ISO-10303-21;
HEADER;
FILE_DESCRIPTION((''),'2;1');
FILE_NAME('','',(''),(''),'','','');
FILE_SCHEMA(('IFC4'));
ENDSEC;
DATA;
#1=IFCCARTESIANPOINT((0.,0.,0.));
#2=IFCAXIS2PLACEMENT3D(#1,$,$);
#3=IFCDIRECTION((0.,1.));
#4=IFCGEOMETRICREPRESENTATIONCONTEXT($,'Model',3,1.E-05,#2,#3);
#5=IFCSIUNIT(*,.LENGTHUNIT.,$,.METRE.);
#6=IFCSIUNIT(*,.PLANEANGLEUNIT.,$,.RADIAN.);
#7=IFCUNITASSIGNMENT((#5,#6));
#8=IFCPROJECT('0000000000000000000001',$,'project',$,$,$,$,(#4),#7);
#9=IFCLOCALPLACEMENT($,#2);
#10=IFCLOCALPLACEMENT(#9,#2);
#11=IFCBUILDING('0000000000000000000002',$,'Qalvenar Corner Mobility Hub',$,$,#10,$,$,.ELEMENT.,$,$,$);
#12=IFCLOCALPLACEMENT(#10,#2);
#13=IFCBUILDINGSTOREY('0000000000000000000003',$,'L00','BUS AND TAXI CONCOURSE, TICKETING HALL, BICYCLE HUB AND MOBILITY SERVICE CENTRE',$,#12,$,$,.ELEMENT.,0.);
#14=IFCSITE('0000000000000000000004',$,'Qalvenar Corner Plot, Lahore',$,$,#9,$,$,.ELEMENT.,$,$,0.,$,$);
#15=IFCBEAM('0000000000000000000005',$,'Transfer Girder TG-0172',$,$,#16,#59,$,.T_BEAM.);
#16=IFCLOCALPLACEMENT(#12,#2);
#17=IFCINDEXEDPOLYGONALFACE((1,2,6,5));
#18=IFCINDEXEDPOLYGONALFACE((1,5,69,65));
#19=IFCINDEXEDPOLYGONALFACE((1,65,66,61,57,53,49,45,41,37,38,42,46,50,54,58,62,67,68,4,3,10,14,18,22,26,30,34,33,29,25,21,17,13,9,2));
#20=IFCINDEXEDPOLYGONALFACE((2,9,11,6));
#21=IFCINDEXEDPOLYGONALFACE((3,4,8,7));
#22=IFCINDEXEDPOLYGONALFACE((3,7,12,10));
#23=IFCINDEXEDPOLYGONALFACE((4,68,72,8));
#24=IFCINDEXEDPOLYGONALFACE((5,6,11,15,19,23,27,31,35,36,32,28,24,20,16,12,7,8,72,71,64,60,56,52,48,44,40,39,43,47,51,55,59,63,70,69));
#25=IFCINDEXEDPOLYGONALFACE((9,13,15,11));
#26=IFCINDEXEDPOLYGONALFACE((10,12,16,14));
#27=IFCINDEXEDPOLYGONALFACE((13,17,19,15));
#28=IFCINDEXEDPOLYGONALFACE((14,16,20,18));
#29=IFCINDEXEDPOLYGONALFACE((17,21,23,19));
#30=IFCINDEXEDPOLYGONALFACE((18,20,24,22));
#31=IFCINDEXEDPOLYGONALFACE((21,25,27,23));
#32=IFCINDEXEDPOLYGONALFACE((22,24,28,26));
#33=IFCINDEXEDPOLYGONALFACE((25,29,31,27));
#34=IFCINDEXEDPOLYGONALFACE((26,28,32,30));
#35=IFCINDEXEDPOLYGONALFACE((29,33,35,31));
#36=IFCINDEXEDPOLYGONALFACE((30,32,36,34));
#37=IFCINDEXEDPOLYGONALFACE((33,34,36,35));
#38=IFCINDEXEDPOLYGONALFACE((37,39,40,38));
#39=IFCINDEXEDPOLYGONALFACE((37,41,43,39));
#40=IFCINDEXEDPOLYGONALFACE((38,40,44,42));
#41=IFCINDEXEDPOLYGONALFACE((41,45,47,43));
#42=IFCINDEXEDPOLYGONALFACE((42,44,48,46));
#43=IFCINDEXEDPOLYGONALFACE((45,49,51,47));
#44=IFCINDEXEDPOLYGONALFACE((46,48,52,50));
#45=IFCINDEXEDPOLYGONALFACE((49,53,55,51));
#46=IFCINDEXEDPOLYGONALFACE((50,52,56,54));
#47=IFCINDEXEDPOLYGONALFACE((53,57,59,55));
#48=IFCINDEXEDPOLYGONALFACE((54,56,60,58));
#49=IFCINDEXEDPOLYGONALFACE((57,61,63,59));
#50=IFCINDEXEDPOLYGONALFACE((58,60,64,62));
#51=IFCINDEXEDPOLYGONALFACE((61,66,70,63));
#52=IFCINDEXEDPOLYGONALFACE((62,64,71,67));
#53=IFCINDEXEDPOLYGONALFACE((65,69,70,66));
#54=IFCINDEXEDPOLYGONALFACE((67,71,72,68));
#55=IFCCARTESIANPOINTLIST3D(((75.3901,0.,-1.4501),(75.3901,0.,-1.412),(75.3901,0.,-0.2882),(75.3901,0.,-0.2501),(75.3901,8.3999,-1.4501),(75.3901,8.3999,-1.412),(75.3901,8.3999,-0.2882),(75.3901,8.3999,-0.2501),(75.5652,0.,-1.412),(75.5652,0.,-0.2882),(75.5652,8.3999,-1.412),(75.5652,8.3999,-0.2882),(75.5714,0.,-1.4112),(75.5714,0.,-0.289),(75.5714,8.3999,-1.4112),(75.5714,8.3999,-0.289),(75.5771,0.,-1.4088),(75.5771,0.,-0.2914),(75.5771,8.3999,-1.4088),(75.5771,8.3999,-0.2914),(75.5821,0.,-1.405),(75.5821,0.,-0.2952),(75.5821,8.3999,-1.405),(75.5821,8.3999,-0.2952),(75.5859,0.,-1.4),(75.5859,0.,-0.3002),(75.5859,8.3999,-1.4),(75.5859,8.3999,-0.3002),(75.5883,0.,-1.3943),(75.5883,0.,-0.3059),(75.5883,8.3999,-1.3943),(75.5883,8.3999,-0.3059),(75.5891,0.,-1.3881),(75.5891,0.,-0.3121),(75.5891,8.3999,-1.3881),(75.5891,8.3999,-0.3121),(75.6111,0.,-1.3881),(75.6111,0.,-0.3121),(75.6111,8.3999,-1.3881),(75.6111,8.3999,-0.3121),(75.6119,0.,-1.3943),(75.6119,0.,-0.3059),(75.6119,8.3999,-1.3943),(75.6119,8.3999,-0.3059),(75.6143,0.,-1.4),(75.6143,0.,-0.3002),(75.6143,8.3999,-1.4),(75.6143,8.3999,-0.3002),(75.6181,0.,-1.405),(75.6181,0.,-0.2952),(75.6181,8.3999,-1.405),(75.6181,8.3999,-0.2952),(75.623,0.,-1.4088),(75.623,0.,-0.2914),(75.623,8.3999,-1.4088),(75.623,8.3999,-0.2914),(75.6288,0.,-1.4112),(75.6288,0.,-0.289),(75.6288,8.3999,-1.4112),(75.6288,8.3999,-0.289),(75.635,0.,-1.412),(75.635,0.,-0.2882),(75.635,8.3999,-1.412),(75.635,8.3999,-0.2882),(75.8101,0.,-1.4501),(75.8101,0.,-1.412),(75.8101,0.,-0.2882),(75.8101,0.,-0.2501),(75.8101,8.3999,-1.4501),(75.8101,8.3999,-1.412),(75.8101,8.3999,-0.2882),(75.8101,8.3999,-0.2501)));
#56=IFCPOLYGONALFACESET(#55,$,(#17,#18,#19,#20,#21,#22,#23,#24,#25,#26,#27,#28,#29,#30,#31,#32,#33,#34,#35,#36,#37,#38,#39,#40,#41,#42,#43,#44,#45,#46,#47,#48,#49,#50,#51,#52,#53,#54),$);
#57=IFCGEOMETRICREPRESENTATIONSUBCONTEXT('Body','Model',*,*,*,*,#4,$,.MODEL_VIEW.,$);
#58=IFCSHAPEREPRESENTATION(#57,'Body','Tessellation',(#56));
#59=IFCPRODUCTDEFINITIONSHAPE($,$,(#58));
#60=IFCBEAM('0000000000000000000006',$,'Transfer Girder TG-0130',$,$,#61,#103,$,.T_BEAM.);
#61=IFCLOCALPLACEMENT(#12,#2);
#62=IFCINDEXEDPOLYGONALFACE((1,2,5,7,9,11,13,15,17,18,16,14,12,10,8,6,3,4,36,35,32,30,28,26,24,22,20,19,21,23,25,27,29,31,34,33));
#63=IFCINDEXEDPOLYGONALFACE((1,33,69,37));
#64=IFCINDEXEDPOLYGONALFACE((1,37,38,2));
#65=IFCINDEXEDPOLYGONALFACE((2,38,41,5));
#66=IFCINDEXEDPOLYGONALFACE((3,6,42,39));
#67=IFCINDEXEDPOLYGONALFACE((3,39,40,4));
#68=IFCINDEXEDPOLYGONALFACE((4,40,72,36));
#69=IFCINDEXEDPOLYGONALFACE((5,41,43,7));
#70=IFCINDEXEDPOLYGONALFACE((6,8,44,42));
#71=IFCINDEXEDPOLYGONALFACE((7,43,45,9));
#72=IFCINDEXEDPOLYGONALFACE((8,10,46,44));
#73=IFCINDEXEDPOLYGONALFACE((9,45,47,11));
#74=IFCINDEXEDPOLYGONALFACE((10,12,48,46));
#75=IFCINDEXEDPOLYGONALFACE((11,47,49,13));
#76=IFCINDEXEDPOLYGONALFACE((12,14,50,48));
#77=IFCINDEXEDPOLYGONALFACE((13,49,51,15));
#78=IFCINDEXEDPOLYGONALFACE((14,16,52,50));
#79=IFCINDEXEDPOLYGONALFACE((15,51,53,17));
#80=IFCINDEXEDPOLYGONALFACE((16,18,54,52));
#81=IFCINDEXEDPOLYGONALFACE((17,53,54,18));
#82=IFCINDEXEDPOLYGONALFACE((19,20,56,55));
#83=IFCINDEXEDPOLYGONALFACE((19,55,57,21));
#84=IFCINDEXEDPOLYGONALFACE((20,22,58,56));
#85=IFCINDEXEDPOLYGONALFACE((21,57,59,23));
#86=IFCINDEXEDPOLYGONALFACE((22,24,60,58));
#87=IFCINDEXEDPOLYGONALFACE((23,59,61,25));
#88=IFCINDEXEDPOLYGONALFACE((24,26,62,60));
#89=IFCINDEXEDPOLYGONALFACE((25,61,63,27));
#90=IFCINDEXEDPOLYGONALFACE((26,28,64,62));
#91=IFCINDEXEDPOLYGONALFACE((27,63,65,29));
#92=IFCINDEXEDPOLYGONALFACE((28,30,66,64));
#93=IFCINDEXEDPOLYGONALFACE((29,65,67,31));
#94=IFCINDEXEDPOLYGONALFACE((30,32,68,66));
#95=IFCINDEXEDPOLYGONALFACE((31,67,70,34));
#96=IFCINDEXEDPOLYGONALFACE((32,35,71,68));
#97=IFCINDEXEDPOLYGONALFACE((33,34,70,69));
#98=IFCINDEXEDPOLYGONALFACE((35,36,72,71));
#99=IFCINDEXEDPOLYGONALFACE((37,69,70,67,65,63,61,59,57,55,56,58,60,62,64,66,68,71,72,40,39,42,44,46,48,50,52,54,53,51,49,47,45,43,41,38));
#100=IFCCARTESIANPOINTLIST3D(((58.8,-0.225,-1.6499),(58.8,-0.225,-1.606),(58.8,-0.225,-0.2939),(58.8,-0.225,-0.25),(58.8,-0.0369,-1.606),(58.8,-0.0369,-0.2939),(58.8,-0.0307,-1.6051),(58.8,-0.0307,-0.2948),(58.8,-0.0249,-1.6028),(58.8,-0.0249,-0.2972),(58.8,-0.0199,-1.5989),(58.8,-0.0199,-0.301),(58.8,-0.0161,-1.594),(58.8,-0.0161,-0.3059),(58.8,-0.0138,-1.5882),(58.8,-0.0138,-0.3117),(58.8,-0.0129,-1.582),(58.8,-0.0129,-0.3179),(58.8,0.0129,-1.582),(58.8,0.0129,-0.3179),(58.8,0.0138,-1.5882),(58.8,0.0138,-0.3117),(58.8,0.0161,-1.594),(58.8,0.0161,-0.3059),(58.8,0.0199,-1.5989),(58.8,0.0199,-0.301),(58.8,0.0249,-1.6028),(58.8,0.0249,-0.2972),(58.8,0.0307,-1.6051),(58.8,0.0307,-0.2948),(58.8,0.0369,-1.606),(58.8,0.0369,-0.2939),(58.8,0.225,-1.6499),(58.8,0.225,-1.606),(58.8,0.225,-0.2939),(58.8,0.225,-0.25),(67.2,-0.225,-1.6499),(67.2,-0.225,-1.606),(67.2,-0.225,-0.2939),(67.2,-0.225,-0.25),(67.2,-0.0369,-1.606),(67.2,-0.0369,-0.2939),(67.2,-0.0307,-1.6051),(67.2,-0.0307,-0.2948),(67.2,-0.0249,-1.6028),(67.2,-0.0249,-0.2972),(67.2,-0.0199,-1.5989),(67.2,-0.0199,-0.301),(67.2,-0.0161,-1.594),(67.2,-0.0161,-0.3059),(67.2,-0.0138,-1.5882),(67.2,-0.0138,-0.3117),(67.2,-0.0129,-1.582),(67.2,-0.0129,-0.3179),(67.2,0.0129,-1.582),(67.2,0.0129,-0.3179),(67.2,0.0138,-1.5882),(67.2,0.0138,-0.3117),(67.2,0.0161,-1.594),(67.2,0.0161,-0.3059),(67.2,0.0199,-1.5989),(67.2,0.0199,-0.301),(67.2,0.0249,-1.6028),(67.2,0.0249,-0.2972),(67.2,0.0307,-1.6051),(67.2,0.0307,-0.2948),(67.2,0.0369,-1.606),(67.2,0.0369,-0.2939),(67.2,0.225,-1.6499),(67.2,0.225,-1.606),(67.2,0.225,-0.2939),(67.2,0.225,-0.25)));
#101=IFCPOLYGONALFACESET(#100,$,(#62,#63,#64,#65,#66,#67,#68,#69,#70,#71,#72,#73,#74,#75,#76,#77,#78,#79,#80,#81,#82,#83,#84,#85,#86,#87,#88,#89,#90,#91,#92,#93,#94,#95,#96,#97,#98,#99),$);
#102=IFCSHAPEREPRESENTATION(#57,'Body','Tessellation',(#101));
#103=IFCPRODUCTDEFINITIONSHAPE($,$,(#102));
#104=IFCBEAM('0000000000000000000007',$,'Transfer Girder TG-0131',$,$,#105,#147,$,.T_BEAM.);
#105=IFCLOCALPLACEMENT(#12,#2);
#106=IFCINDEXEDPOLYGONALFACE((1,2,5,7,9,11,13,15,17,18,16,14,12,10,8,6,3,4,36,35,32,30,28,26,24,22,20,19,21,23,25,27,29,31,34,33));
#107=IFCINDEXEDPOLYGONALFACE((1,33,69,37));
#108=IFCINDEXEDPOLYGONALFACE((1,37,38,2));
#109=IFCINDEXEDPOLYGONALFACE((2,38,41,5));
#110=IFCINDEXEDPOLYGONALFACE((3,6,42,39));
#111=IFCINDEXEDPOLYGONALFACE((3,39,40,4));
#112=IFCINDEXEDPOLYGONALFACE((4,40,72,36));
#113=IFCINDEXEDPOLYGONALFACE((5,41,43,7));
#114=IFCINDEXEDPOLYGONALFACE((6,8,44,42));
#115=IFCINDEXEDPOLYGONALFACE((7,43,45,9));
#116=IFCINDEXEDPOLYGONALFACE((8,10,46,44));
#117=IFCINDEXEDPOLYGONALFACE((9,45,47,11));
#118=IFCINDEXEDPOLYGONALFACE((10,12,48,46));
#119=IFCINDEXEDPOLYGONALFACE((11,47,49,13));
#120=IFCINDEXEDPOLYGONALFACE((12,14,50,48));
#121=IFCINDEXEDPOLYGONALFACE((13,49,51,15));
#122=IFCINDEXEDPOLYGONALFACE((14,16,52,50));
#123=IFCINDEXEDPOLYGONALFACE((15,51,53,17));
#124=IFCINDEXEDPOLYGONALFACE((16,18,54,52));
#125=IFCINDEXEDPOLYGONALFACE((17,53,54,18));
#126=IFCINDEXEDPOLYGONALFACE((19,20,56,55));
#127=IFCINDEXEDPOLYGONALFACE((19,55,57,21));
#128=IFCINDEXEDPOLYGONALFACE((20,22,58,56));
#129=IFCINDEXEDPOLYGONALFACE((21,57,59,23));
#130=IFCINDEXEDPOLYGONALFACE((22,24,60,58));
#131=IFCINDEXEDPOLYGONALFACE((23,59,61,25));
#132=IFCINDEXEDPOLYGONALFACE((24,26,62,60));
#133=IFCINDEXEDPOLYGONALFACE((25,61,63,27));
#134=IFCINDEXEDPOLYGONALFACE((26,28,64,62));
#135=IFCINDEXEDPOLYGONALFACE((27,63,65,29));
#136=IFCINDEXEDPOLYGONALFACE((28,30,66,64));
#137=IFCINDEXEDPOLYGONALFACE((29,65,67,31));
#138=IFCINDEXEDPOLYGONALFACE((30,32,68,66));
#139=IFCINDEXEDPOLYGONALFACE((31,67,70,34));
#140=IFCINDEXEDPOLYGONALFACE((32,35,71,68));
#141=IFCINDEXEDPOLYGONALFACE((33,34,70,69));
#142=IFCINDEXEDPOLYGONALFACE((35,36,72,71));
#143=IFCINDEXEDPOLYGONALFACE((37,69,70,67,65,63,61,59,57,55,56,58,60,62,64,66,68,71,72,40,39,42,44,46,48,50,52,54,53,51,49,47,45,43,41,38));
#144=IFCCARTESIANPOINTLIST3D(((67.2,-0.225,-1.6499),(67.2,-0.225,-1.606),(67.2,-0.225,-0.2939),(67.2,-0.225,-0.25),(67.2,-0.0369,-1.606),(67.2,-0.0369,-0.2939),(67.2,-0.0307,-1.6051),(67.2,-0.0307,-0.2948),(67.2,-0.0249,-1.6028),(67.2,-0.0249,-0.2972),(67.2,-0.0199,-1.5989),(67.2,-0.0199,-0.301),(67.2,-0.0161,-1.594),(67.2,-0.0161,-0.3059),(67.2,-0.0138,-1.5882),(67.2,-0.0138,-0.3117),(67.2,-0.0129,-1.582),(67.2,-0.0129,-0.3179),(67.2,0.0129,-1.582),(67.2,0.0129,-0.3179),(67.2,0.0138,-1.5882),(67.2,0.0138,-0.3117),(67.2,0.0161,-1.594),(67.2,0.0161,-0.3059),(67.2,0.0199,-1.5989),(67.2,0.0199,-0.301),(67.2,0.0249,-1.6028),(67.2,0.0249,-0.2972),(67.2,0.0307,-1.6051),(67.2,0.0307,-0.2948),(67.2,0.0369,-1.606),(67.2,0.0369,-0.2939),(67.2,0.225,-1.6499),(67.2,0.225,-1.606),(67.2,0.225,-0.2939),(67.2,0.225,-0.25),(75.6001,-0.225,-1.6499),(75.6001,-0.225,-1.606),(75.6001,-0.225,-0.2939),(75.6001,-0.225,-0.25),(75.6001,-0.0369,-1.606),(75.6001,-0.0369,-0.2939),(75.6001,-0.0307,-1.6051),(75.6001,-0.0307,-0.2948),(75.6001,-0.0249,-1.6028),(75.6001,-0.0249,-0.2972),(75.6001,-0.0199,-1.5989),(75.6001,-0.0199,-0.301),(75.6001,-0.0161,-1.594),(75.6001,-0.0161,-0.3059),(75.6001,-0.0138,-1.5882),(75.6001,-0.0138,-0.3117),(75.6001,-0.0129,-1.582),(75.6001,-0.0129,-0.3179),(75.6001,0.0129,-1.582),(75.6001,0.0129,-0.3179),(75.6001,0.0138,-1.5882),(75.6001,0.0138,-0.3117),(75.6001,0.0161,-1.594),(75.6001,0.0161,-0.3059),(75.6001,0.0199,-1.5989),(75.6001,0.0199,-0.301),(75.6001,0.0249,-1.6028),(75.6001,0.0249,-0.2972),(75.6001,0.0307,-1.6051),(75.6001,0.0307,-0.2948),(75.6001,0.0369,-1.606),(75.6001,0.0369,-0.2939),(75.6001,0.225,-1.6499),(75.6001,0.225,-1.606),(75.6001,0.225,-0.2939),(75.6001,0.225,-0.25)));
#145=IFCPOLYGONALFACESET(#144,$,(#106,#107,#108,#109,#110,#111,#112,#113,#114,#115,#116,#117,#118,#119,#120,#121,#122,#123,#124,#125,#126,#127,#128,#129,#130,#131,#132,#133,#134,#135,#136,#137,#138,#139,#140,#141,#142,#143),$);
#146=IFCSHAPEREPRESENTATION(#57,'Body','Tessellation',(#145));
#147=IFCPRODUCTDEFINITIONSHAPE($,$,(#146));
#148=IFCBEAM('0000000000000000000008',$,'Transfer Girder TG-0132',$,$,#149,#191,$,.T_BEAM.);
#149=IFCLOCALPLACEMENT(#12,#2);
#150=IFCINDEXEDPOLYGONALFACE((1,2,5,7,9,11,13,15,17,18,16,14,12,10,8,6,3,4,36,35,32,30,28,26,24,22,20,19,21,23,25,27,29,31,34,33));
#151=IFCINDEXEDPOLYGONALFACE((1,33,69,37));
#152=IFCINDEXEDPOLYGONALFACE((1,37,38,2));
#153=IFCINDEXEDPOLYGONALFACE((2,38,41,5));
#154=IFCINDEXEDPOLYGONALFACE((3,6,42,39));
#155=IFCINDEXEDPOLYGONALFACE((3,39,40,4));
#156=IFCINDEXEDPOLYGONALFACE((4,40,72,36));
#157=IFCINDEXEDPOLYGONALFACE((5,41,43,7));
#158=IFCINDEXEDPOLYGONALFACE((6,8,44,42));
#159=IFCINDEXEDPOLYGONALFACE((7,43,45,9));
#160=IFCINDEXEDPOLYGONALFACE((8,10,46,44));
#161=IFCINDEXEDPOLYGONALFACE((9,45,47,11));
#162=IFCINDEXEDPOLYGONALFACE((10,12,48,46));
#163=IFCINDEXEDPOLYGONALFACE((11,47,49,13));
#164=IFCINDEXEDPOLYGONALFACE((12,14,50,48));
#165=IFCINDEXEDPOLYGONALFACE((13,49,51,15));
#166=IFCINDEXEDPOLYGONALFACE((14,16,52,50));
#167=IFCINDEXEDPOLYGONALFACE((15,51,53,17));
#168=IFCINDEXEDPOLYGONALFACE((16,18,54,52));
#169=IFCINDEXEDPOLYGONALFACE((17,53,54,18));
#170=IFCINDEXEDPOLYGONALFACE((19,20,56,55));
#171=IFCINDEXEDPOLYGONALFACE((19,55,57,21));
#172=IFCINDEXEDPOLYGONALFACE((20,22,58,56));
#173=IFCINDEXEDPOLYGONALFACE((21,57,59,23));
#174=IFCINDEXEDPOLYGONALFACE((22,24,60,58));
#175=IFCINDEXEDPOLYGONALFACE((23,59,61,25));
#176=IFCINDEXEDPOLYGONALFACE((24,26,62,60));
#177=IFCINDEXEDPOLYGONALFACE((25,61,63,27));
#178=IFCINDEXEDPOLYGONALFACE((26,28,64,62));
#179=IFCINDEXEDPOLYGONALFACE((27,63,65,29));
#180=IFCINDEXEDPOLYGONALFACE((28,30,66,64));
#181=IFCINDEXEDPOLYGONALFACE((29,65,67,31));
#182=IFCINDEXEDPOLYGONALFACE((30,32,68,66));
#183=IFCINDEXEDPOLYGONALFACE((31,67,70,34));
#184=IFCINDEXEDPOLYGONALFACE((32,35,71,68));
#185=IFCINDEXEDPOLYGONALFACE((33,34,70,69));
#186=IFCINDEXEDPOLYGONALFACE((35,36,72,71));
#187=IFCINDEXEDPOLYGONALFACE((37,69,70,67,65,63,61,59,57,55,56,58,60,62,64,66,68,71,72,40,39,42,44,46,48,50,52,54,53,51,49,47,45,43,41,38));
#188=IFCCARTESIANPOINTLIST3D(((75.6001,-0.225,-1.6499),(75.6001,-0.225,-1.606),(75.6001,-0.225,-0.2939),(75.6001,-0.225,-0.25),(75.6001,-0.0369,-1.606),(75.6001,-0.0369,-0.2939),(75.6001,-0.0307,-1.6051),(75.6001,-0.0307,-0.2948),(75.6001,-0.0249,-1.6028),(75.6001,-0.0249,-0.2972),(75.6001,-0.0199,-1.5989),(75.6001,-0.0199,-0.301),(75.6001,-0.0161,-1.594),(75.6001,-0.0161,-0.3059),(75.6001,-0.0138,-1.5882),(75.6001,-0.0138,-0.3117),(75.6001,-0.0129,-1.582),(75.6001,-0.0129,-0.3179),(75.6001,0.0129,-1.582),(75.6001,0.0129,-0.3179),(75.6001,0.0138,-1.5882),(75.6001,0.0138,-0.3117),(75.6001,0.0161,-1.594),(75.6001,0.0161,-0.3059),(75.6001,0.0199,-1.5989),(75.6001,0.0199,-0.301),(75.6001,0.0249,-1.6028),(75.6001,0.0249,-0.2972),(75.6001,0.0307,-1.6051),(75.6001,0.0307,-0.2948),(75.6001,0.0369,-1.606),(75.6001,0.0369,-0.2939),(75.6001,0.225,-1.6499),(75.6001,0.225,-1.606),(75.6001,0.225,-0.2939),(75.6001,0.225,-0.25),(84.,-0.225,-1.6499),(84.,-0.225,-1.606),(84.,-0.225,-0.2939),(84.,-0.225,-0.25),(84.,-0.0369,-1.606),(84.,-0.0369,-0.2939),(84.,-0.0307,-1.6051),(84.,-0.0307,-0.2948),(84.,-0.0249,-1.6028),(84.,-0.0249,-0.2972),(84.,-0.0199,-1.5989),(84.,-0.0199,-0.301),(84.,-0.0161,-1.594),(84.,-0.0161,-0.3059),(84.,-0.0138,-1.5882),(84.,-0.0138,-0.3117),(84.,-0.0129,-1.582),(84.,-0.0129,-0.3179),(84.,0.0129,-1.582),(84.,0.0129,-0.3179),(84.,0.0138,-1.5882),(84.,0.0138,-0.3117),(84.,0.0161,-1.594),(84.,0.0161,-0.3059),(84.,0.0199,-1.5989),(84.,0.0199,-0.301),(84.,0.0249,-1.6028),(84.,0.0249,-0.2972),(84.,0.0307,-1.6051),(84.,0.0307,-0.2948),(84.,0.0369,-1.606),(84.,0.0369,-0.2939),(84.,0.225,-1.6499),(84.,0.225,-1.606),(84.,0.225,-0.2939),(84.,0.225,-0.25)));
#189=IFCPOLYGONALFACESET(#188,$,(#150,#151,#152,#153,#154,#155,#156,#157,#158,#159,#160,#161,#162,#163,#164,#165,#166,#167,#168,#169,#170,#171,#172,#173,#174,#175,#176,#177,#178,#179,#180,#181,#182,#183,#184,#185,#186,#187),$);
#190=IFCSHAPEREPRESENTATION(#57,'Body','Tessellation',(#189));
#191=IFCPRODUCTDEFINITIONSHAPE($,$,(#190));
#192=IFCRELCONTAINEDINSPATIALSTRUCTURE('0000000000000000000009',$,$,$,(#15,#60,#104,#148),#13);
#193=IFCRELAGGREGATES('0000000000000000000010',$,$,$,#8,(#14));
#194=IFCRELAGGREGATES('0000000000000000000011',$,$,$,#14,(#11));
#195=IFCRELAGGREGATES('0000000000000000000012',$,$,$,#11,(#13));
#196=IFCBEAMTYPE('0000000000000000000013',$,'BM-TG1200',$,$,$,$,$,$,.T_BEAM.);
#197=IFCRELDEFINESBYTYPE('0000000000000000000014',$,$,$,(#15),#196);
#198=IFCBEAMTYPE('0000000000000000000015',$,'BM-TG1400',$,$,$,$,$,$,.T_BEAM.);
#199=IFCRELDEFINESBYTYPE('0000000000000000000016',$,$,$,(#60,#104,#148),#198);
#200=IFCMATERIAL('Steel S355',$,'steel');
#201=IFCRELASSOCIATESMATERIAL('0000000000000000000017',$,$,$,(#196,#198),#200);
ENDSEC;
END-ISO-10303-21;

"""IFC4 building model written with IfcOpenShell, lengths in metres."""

from ifc_helpers import new_model, si_unit, direction, frame, origin, origin_2d, place, context, subcontext, project, spatial, i_section, extrude, material, material_profile, profile_set, type_object, element, save


model = new_model("IFC4")

# Units and contexts
model_context = context("Model", 3, precision=1e-05, world=origin(), true_north=direction((0.0, 1.0)))
body_context = subcontext(model_context, "Body", "Model", "MODEL_VIEW")
ifc_project = project(units=[si_unit("LENGTHUNIT", "METRE"), si_unit("PLANEANGLEUNIT", "RADIAN")], contexts=[model_context])

# Site, building, storey
site_placement = place(None, origin())
site = spatial("IfcSite", under=ifc_project, at=site_placement, Name="Qalvenar Corner Plot, Lahore", CompositionType="ELEMENT", RefElevation=0.0)
building_placement = place(site_placement, origin())
building = spatial("IfcBuilding", under=site, at=building_placement, Name="Qalvenar Corner Mobility Hub", CompositionType="ELEMENT")
storey_placement = place(building_placement, origin())
storey = spatial("IfcBuildingStorey", under=building, at=storey_placement, Name="L00", Description="BUS AND TAXI CONCOURSE, TICKETING HALL, BICYCLE HUB AND MOBILITY SERVICE CENTRE", CompositionType="ELEMENT", Elevation=0.0)

# Shared definitions
ifc_material_1 = material(Name="Steel S355", Category="steel")

# Beams
ifc_material_profile_1 = material_profile(ifc_material_1, i_section(OverallWidth=0.4199, OverallDepth=1.2, WebThickness=0.022, FlangeThickness=0.0381, FilletRadius=0.0239, at=origin_2d()), Name="W1100x390-TG1200")
ifc_profile_set_1 = profile_set([ifc_material_profile_1], Name="Steel S355")
beam_type_1 = type_object("IfcBeamType", Name="BM-TG1200", PredefinedType="T_BEAM", material=ifc_profile_set_1)
for number, where, z_axis, x_axis, name in (
    (1, (75.6001, 0.0, -0.8501), (0.0, 1.0, 0.0), (-1.0, 0.0, 0.0), "Transfer Girder TG-0172"),
):
    element("IfcBeam", number, at=place(storey_placement, frame(where, z_axis=z_axis, x_axis=x_axis)), inside=storey, type_object=beam_type_1, Name=name, PredefinedType="T_BEAM", context=body_context, shape_type="SweptSolid", body=[
        extrude(i_section(OverallWidth=0.4199, OverallDepth=1.2, WebThickness=0.022, FlangeThickness=0.0381, FilletRadius=0.0239, at=origin_2d()), origin(), (0.0, 0.0, 1.0), 8.3999),
    ])
ifc_material_profile_2 = material_profile(ifc_material_1, i_section(OverallWidth=0.45, OverallDepth=1.3999, WebThickness=0.0259, FlangeThickness=0.0439, FilletRadius=0.0239, at=origin_2d()), Name="W1100x499-TG1400")
ifc_profile_set_2 = profile_set([ifc_material_profile_2], Name="Steel S355")
beam_type_2 = type_object("IfcBeamType", Name="BM-TG1400", PredefinedType="T_BEAM", material=ifc_profile_set_2)
beam_1_placement = place(storey_placement, frame((58.8, 0.0, -0.95), z_axis=(1.0, 0.0, 0.0), x_axis=(0.0, 1.0, 0.0)))
element("IfcBeam", 2, at=beam_1_placement, inside=storey, type_object=beam_type_2, Name="Transfer Girder TG-0130", PredefinedType="T_BEAM", context=body_context, shape_type="SweptSolid", body=[
    extrude(i_section(OverallWidth=0.45, OverallDepth=1.3999, WebThickness=0.0259, FlangeThickness=0.0439, FilletRadius=0.0239, at=origin_2d()), origin(), (0.0, 0.0, 1.0), 8.3999),
])
beam_2_placement = place(storey_placement, frame((67.2, 0.0, -0.95), z_axis=(1.0, 0.0, 0.0), x_axis=(0.0, 1.0, 0.0)))
element("IfcBeam", 3, at=beam_2_placement, inside=storey, type_object=beam_type_2, Name="Transfer Girder TG-0131", PredefinedType="T_BEAM", context=body_context, shape_type="SweptSolid", body=[
    extrude(i_section(OverallWidth=0.45, OverallDepth=1.3999, WebThickness=0.0259, FlangeThickness=0.0439, FilletRadius=0.0239, at=origin_2d()), origin(), (0.0, 0.0, 1.0), 8.4001),
])
for number, where, z_axis, x_axis, name in (
    (4, (75.6001, 0.0, -0.95), (1.0, 0.0, 0.0), (0.0, 1.0, 0.0), "Transfer Girder TG-0132"),
):
    element("IfcBeam", number, at=place(storey_placement, frame(where, z_axis=z_axis, x_axis=x_axis)), inside=storey, type_object=beam_type_2, Name=name, PredefinedType="T_BEAM", context=body_context, shape_type="SweptSolid", body=[
        extrude(i_section(OverallWidth=0.45, OverallDepth=1.3999, WebThickness=0.0259, FlangeThickness=0.0439, FilletRadius=0.0239, at=origin_2d()), origin(), (0.0, 0.0, 1.0), 8.3999),
    ])

save(model, "model.ifc")
